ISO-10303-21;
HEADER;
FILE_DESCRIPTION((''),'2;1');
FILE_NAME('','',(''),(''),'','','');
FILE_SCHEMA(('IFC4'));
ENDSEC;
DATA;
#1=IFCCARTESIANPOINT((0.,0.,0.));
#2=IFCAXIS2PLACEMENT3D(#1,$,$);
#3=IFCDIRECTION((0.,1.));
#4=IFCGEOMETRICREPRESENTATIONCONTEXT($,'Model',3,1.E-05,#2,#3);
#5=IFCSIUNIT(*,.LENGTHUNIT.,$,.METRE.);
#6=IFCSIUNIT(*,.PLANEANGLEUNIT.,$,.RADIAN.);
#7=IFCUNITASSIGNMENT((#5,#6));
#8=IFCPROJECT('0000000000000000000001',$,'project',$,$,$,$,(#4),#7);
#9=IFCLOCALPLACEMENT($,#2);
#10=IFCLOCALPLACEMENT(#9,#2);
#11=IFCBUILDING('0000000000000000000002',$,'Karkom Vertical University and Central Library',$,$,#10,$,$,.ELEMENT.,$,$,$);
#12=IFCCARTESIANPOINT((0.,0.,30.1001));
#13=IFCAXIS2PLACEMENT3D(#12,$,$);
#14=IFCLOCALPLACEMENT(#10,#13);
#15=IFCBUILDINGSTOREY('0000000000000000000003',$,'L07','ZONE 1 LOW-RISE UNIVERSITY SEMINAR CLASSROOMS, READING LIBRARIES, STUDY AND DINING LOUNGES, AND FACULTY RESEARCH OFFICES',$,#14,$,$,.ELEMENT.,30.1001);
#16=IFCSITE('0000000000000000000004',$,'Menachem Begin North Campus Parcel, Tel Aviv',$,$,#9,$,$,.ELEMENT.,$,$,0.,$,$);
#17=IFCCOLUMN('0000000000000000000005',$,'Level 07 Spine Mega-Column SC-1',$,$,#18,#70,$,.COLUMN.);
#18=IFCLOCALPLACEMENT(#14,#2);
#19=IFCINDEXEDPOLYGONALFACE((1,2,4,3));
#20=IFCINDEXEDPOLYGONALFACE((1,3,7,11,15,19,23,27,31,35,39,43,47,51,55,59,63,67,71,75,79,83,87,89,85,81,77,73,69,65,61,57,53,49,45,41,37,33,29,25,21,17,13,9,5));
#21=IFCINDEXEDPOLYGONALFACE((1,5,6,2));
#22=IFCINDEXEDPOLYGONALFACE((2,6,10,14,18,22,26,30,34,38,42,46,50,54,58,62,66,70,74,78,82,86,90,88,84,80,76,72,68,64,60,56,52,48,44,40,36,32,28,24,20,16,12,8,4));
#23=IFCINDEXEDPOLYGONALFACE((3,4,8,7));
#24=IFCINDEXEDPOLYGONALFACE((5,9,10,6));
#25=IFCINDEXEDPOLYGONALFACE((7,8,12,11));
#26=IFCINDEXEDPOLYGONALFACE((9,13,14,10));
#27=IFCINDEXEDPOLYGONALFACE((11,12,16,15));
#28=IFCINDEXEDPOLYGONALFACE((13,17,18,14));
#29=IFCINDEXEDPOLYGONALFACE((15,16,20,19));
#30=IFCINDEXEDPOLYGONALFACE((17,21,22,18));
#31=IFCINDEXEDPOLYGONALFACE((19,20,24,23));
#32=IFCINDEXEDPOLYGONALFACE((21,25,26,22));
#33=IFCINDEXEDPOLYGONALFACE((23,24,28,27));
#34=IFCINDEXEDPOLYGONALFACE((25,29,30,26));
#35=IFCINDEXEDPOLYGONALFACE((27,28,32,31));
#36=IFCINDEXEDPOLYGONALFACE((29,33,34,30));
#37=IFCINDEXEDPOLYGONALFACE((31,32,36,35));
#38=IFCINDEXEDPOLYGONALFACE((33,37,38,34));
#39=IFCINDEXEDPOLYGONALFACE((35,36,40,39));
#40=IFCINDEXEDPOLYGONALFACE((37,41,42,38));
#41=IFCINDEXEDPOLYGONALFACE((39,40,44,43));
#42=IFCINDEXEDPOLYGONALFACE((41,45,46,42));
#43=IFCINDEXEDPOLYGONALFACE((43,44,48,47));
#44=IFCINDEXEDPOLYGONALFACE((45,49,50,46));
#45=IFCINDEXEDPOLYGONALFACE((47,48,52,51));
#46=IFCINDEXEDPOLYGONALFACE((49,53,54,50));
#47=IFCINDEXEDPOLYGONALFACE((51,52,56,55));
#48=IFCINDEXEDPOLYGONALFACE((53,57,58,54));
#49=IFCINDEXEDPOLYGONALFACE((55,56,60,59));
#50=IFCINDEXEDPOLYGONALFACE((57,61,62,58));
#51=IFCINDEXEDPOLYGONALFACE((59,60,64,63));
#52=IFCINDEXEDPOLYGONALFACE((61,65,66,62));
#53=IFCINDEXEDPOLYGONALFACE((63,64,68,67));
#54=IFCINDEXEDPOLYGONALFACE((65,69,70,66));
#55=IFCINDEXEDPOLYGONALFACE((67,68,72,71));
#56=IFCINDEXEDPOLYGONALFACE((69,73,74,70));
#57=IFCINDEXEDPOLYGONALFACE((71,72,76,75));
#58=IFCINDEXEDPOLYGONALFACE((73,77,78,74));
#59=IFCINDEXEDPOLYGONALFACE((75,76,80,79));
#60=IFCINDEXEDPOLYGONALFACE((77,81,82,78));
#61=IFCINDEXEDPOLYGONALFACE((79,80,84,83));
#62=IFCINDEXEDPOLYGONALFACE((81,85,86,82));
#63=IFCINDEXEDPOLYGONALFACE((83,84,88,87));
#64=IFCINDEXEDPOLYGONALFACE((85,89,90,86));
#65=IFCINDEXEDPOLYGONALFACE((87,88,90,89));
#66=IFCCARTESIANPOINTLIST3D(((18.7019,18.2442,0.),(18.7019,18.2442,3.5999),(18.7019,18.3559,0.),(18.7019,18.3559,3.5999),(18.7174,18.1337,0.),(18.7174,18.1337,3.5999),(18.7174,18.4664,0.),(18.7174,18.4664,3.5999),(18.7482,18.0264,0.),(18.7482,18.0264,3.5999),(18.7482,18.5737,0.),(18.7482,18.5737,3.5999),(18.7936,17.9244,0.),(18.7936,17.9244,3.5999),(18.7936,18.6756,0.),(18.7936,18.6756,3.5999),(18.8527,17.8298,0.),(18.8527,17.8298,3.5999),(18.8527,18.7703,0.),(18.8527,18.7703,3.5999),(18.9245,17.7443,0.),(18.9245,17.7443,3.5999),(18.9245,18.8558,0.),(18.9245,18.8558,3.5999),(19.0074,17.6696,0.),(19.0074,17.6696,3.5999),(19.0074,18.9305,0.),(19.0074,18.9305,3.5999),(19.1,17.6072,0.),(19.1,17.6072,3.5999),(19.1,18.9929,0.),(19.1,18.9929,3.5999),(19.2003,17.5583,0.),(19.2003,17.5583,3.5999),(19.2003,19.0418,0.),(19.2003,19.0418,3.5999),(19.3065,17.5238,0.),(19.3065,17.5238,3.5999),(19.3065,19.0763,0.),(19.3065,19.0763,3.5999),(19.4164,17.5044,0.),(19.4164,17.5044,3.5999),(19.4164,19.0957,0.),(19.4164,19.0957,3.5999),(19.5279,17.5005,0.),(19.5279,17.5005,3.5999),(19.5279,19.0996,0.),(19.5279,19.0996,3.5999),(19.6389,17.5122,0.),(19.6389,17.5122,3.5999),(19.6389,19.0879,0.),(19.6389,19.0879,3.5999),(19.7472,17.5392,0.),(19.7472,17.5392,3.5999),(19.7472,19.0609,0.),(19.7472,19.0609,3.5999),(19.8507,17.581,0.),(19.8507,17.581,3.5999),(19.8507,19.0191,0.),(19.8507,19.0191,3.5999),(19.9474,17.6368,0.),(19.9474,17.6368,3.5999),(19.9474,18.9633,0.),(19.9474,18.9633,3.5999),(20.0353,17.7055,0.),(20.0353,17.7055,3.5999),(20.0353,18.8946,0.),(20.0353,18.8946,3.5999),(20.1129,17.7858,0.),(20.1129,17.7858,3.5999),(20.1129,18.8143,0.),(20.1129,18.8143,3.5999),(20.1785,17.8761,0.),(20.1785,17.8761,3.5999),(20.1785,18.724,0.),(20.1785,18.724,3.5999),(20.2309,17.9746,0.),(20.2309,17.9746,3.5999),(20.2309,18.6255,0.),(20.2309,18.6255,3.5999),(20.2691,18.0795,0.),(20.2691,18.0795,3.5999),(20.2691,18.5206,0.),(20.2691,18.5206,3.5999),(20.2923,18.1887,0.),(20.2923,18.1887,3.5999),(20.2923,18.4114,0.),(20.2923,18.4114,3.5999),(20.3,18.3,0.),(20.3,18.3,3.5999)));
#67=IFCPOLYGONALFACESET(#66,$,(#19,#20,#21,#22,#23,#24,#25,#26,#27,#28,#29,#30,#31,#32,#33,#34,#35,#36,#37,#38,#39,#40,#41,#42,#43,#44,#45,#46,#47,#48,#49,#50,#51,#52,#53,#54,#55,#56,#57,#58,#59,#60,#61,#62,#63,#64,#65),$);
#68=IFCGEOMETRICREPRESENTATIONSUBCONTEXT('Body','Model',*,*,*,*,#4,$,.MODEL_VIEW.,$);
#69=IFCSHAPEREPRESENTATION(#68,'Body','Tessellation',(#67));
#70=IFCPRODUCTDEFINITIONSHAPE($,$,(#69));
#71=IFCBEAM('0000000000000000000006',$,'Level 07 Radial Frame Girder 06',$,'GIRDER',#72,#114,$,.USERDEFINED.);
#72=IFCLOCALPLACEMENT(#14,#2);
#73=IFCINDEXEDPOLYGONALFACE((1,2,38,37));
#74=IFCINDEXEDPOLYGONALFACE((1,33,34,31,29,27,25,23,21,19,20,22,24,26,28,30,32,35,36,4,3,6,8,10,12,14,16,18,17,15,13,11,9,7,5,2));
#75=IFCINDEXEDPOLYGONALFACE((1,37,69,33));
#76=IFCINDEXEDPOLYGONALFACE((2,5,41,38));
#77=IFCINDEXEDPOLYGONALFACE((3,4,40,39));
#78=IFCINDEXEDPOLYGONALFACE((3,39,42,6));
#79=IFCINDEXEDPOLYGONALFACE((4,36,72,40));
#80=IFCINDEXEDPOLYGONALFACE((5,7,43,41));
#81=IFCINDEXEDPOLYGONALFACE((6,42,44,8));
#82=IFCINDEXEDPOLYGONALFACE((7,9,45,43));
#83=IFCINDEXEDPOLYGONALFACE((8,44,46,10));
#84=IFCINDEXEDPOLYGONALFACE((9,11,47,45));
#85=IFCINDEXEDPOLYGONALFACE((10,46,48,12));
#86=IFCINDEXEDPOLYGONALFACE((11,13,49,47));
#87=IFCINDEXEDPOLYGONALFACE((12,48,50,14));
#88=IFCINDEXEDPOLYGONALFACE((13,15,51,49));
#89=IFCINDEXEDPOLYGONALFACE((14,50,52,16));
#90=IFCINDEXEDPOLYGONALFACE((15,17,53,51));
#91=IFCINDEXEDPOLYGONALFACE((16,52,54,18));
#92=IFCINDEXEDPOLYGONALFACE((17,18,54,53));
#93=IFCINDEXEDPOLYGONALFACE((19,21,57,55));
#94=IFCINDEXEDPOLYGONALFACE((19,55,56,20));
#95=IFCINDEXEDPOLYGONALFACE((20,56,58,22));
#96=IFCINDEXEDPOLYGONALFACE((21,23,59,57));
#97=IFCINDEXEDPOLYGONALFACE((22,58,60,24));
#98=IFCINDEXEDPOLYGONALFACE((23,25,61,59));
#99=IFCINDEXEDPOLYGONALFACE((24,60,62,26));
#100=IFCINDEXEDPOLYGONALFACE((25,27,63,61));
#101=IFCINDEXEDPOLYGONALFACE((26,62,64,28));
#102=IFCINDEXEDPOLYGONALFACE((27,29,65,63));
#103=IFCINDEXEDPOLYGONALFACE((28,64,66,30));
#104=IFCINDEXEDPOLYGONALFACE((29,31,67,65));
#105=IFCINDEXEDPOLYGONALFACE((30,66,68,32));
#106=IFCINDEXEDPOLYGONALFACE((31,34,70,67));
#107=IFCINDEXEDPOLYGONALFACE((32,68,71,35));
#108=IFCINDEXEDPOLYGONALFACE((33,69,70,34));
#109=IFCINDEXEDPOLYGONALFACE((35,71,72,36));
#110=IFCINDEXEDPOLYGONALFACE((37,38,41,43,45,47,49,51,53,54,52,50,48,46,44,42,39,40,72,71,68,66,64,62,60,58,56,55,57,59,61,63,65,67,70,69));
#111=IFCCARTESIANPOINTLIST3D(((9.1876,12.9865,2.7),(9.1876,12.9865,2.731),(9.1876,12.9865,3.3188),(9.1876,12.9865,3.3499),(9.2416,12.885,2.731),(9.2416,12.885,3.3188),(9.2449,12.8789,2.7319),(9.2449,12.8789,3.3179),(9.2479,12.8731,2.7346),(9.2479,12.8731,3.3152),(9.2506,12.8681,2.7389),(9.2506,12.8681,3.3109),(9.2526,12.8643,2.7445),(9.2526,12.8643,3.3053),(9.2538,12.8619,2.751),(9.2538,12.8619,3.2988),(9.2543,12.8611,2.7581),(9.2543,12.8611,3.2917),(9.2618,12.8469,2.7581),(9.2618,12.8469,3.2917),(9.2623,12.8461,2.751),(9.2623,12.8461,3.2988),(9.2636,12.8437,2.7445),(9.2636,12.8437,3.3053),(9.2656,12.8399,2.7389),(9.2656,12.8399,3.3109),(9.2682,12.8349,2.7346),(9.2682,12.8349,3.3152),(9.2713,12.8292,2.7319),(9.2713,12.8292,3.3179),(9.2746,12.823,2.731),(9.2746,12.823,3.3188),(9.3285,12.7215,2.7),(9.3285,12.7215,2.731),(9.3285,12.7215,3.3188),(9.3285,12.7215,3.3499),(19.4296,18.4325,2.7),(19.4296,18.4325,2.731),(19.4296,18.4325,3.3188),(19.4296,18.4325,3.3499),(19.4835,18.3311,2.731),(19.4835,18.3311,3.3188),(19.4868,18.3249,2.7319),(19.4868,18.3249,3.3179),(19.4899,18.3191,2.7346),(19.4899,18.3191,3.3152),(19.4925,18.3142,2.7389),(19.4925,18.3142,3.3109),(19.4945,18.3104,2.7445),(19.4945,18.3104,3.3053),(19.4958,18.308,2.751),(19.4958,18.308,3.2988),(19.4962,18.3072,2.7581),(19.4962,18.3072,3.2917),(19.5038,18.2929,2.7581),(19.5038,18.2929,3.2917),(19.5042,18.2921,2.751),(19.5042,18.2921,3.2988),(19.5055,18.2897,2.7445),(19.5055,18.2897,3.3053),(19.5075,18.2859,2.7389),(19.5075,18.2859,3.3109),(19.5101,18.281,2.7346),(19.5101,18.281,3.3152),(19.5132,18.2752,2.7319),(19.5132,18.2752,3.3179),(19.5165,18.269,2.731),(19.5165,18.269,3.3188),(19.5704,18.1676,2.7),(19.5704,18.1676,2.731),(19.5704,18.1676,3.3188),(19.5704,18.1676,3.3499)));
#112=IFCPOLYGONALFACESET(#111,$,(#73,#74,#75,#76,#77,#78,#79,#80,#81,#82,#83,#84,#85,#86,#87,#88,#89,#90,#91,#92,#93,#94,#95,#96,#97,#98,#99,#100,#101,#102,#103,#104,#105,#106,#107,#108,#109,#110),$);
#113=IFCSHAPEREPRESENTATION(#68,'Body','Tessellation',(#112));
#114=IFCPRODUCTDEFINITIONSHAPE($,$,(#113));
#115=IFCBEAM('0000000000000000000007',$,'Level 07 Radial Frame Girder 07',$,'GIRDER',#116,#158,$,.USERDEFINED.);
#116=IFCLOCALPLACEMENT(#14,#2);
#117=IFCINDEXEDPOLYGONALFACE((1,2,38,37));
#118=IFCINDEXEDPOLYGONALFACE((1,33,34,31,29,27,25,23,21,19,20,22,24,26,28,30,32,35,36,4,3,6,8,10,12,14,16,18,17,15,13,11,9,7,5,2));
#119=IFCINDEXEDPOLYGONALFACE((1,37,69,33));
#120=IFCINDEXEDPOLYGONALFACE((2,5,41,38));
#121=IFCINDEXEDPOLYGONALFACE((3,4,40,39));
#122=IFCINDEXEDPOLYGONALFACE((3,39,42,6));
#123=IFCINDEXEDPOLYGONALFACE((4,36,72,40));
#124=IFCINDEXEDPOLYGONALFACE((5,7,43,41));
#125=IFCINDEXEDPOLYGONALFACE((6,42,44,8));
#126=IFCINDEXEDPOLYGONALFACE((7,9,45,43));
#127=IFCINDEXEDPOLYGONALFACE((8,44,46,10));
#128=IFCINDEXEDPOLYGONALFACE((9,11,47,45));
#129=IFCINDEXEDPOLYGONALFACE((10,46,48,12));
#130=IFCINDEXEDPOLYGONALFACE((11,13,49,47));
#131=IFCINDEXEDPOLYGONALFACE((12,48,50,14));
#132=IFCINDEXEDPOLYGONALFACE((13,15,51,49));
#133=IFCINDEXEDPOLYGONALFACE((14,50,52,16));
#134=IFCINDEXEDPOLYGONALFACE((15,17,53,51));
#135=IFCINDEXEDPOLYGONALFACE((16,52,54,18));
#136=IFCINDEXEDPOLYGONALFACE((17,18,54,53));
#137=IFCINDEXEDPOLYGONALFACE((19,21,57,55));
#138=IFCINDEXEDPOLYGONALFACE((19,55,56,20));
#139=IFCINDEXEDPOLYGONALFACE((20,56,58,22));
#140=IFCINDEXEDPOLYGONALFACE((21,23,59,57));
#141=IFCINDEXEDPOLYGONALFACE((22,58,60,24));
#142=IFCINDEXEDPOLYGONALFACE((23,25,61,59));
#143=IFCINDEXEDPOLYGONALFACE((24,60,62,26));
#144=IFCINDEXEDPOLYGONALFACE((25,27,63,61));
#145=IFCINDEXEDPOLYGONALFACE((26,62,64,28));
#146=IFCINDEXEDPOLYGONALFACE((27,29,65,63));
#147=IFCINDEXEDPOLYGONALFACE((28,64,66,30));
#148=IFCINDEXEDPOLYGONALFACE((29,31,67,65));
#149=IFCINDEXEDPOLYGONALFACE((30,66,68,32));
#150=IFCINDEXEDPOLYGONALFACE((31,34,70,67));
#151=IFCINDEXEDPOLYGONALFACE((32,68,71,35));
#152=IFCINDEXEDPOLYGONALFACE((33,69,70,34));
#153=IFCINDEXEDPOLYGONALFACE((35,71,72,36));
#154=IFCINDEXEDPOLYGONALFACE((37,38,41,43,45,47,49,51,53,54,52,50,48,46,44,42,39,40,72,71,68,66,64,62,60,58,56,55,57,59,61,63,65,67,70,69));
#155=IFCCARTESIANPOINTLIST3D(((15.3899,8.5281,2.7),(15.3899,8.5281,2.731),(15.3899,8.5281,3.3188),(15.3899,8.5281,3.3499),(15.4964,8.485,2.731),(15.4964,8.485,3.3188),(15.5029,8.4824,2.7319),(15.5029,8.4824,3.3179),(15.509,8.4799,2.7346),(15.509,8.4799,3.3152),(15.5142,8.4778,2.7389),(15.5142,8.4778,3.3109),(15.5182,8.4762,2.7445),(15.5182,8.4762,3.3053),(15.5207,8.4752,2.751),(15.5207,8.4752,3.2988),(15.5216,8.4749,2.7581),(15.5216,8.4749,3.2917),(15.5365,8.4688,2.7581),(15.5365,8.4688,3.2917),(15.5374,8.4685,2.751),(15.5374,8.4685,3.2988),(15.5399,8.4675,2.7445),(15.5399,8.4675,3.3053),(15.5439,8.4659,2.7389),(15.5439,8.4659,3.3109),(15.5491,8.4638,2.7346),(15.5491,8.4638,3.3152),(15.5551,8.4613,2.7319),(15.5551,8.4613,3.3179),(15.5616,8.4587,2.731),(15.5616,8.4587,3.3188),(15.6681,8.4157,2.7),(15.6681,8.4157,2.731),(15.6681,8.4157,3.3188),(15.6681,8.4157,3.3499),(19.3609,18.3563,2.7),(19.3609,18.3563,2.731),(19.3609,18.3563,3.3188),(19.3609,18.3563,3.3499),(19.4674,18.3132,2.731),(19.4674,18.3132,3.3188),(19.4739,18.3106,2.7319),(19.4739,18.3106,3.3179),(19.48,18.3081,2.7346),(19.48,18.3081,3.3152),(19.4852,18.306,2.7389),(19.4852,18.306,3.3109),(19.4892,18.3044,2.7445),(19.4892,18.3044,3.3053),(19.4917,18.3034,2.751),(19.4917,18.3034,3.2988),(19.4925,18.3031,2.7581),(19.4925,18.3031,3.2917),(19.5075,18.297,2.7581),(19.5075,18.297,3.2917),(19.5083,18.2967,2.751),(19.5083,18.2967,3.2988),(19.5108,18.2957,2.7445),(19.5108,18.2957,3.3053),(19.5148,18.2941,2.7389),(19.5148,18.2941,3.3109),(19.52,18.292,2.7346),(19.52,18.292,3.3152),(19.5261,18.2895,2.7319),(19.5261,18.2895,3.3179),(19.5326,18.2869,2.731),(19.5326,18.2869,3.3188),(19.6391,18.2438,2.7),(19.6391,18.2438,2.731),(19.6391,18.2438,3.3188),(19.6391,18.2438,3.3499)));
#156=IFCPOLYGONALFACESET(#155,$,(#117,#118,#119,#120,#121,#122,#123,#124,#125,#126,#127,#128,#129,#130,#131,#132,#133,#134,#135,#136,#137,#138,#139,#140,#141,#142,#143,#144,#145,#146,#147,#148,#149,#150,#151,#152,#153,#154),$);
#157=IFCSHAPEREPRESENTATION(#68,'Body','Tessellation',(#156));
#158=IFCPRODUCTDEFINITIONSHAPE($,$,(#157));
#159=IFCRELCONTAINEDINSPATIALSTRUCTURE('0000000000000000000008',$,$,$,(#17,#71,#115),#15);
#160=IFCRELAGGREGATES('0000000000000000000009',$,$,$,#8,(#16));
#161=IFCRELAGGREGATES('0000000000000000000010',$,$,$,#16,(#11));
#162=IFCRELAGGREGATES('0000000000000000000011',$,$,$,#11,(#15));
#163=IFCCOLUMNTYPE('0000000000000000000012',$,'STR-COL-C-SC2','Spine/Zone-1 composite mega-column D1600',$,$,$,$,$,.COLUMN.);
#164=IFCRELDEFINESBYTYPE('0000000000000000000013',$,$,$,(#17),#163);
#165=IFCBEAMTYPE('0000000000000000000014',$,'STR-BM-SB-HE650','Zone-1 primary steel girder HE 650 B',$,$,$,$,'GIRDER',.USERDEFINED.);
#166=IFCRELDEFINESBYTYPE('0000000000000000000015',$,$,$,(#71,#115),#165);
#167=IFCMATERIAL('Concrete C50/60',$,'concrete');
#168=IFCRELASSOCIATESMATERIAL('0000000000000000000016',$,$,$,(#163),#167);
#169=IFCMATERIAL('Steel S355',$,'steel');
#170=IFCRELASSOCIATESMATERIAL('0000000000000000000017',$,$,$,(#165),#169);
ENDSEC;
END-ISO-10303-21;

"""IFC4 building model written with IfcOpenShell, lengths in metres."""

from ifc_helpers import new_model, si_unit, direction, frame, origin, origin_with_axes, origin_2d, place, context, subcontext, project, spatial, circle, i_section, extrude, source, transform, mapped, material, material_profile, profile_set, type_object, element, save


model = new_model("IFC4")

# Units and contexts
model_context = context("Model", 3, precision=1e-05, world=origin(), true_north=direction((0.0, 1.0)))
body_context = subcontext(model_context, "Body", "Model", "MODEL_VIEW")
ifc_project = project(units=[si_unit("LENGTHUNIT", "METRE"), si_unit("PLANEANGLEUNIT", "RADIAN")], contexts=[model_context])

# Site, building, storey
site_placement = place(None, origin())
site = spatial("IfcSite", under=ifc_project, at=site_placement, Name="Menachem Begin North Campus Parcel, Tel Aviv", CompositionType="ELEMENT", RefElevation=0.0)
building_placement = place(site_placement, origin())
building = spatial("IfcBuilding", under=site, at=building_placement, Name="Karkom Vertical University and Central Library", CompositionType="ELEMENT")
storey_placement = place(building_placement, frame((0.0, 0.0, 30.1001)))
storey = spatial("IfcBuildingStorey", under=building, at=storey_placement, Name="L07", Description="ZONE 1 LOW-RISE UNIVERSITY SEMINAR CLASSROOMS, READING LIBRARIES, STUDY AND DINING LOUNGES, AND FACULTY RESEARCH OFFICES", CompositionType="ELEMENT", Elevation=30.1001)

# Column
ifc_material_1 = material(Name="Concrete C50/60", Category="concrete")
ifc_material_profile_1 = material_profile(ifc_material_1, circle(Radius=0.8, at=origin_2d()), Name="CFT-D1600")
ifc_profile_set_1 = profile_set([ifc_material_profile_1], Name="Concrete C50/60")
column_type = type_object("IfcColumnType", Name="STR-COL-C-SC2", Description="Spine/Zone-1 composite mega-column D1600", PredefinedType="COLUMN", material=ifc_profile_set_1)
shared_shape_1 = source(origin_with_axes(), body_context, "Body", "SweptSolid", [
    extrude(circle(Radius=0.8, at=origin_2d()), origin(), (0.0, 0.0, 1.0), 3.5999),
])
column_placement = place(storey_placement, frame((19.5, 18.3, 0.0), z_axis=(0.0, 0.0, 1.0), x_axis=(1.0, 0.0, 0.0)))
element("IfcColumn", 1, at=column_placement, inside=storey, type_object=column_type, Name="Level 07 Spine Mega-Column SC-1", PredefinedType="COLUMN", context=body_context, shape_type="MappedRepresentation", body=[
    mapped(shared_shape_1, transform((0.0, 0.0, 0.0), scale=1.0)),
])

# Beams
ifc_material_2 = material(Name="Steel S355", Category="steel")
ifc_material_profile_2 = material_profile(ifc_material_2, i_section(OverallWidth=0.3, OverallDepth=0.6499, WebThickness=0.0161, FlangeThickness=0.031, FilletRadius=0.0271, at=origin_2d()), Name="HE 650 B")
ifc_profile_set_2 = profile_set([ifc_material_profile_2], Name="Steel S355")
beam_type_1 = type_object("IfcBeamType", Name="STR-BM-SB-HE650", Description="Zone-1 primary steel girder HE 650 B", ElementType="GIRDER", PredefinedType="USERDEFINED", material=ifc_profile_set_2)
shared_shape_2 = source(origin_with_axes(), body_context, "Body", "SweptSolid", [
    extrude(i_section(OverallWidth=0.3, OverallDepth=0.6499, WebThickness=0.0161, FlangeThickness=0.031, FilletRadius=0.0271, at=origin_2d()), origin(), (0.0, 0.0, 1.0), 11.5999),
])
beam_1_placement = place(storey_placement, frame((19.5, 18.3, 3.0249), z_axis=(-0.882937, -0.469492, 0.0), x_axis=(0.469492, -0.882937, 0.0)))
element("IfcBeam", 2, at=beam_1_placement, inside=storey, type_object=beam_type_1, Name="Level 07 Radial Frame Girder 06", ObjectType="GIRDER", PredefinedType="USERDEFINED", context=body_context, shape_type="MappedRepresentation", body=[
    mapped(shared_shape_2, transform((0.0, 0.0, 0.0), scale=1.0)),
])
shared_shape_3 = source(origin_with_axes(), body_context, "Body", "SweptSolid", [
    extrude(i_section(OverallWidth=0.3, OverallDepth=0.6499, WebThickness=0.0161, FlangeThickness=0.031, FilletRadius=0.0271, at=origin_2d()), origin(), (0.0, 0.0, 1.0), 10.6001),
])
beam_2_placement = place(storey_placement, frame((19.5, 18.3, 3.0249), z_axis=(-0.374617, -0.92718, 0.0), x_axis=(0.92718, -0.374617, 0.0)))
element("IfcBeam", 3, at=beam_2_placement, inside=storey, type_object=beam_type_1, Name="Level 07 Radial Frame Girder 07", ObjectType="GIRDER", PredefinedType="USERDEFINED", context=body_context, shape_type="MappedRepresentation", body=[
    mapped(shared_shape_3, transform((0.0, 0.0, 0.0), scale=1.0)),
])

save(model, "model.ifc")
